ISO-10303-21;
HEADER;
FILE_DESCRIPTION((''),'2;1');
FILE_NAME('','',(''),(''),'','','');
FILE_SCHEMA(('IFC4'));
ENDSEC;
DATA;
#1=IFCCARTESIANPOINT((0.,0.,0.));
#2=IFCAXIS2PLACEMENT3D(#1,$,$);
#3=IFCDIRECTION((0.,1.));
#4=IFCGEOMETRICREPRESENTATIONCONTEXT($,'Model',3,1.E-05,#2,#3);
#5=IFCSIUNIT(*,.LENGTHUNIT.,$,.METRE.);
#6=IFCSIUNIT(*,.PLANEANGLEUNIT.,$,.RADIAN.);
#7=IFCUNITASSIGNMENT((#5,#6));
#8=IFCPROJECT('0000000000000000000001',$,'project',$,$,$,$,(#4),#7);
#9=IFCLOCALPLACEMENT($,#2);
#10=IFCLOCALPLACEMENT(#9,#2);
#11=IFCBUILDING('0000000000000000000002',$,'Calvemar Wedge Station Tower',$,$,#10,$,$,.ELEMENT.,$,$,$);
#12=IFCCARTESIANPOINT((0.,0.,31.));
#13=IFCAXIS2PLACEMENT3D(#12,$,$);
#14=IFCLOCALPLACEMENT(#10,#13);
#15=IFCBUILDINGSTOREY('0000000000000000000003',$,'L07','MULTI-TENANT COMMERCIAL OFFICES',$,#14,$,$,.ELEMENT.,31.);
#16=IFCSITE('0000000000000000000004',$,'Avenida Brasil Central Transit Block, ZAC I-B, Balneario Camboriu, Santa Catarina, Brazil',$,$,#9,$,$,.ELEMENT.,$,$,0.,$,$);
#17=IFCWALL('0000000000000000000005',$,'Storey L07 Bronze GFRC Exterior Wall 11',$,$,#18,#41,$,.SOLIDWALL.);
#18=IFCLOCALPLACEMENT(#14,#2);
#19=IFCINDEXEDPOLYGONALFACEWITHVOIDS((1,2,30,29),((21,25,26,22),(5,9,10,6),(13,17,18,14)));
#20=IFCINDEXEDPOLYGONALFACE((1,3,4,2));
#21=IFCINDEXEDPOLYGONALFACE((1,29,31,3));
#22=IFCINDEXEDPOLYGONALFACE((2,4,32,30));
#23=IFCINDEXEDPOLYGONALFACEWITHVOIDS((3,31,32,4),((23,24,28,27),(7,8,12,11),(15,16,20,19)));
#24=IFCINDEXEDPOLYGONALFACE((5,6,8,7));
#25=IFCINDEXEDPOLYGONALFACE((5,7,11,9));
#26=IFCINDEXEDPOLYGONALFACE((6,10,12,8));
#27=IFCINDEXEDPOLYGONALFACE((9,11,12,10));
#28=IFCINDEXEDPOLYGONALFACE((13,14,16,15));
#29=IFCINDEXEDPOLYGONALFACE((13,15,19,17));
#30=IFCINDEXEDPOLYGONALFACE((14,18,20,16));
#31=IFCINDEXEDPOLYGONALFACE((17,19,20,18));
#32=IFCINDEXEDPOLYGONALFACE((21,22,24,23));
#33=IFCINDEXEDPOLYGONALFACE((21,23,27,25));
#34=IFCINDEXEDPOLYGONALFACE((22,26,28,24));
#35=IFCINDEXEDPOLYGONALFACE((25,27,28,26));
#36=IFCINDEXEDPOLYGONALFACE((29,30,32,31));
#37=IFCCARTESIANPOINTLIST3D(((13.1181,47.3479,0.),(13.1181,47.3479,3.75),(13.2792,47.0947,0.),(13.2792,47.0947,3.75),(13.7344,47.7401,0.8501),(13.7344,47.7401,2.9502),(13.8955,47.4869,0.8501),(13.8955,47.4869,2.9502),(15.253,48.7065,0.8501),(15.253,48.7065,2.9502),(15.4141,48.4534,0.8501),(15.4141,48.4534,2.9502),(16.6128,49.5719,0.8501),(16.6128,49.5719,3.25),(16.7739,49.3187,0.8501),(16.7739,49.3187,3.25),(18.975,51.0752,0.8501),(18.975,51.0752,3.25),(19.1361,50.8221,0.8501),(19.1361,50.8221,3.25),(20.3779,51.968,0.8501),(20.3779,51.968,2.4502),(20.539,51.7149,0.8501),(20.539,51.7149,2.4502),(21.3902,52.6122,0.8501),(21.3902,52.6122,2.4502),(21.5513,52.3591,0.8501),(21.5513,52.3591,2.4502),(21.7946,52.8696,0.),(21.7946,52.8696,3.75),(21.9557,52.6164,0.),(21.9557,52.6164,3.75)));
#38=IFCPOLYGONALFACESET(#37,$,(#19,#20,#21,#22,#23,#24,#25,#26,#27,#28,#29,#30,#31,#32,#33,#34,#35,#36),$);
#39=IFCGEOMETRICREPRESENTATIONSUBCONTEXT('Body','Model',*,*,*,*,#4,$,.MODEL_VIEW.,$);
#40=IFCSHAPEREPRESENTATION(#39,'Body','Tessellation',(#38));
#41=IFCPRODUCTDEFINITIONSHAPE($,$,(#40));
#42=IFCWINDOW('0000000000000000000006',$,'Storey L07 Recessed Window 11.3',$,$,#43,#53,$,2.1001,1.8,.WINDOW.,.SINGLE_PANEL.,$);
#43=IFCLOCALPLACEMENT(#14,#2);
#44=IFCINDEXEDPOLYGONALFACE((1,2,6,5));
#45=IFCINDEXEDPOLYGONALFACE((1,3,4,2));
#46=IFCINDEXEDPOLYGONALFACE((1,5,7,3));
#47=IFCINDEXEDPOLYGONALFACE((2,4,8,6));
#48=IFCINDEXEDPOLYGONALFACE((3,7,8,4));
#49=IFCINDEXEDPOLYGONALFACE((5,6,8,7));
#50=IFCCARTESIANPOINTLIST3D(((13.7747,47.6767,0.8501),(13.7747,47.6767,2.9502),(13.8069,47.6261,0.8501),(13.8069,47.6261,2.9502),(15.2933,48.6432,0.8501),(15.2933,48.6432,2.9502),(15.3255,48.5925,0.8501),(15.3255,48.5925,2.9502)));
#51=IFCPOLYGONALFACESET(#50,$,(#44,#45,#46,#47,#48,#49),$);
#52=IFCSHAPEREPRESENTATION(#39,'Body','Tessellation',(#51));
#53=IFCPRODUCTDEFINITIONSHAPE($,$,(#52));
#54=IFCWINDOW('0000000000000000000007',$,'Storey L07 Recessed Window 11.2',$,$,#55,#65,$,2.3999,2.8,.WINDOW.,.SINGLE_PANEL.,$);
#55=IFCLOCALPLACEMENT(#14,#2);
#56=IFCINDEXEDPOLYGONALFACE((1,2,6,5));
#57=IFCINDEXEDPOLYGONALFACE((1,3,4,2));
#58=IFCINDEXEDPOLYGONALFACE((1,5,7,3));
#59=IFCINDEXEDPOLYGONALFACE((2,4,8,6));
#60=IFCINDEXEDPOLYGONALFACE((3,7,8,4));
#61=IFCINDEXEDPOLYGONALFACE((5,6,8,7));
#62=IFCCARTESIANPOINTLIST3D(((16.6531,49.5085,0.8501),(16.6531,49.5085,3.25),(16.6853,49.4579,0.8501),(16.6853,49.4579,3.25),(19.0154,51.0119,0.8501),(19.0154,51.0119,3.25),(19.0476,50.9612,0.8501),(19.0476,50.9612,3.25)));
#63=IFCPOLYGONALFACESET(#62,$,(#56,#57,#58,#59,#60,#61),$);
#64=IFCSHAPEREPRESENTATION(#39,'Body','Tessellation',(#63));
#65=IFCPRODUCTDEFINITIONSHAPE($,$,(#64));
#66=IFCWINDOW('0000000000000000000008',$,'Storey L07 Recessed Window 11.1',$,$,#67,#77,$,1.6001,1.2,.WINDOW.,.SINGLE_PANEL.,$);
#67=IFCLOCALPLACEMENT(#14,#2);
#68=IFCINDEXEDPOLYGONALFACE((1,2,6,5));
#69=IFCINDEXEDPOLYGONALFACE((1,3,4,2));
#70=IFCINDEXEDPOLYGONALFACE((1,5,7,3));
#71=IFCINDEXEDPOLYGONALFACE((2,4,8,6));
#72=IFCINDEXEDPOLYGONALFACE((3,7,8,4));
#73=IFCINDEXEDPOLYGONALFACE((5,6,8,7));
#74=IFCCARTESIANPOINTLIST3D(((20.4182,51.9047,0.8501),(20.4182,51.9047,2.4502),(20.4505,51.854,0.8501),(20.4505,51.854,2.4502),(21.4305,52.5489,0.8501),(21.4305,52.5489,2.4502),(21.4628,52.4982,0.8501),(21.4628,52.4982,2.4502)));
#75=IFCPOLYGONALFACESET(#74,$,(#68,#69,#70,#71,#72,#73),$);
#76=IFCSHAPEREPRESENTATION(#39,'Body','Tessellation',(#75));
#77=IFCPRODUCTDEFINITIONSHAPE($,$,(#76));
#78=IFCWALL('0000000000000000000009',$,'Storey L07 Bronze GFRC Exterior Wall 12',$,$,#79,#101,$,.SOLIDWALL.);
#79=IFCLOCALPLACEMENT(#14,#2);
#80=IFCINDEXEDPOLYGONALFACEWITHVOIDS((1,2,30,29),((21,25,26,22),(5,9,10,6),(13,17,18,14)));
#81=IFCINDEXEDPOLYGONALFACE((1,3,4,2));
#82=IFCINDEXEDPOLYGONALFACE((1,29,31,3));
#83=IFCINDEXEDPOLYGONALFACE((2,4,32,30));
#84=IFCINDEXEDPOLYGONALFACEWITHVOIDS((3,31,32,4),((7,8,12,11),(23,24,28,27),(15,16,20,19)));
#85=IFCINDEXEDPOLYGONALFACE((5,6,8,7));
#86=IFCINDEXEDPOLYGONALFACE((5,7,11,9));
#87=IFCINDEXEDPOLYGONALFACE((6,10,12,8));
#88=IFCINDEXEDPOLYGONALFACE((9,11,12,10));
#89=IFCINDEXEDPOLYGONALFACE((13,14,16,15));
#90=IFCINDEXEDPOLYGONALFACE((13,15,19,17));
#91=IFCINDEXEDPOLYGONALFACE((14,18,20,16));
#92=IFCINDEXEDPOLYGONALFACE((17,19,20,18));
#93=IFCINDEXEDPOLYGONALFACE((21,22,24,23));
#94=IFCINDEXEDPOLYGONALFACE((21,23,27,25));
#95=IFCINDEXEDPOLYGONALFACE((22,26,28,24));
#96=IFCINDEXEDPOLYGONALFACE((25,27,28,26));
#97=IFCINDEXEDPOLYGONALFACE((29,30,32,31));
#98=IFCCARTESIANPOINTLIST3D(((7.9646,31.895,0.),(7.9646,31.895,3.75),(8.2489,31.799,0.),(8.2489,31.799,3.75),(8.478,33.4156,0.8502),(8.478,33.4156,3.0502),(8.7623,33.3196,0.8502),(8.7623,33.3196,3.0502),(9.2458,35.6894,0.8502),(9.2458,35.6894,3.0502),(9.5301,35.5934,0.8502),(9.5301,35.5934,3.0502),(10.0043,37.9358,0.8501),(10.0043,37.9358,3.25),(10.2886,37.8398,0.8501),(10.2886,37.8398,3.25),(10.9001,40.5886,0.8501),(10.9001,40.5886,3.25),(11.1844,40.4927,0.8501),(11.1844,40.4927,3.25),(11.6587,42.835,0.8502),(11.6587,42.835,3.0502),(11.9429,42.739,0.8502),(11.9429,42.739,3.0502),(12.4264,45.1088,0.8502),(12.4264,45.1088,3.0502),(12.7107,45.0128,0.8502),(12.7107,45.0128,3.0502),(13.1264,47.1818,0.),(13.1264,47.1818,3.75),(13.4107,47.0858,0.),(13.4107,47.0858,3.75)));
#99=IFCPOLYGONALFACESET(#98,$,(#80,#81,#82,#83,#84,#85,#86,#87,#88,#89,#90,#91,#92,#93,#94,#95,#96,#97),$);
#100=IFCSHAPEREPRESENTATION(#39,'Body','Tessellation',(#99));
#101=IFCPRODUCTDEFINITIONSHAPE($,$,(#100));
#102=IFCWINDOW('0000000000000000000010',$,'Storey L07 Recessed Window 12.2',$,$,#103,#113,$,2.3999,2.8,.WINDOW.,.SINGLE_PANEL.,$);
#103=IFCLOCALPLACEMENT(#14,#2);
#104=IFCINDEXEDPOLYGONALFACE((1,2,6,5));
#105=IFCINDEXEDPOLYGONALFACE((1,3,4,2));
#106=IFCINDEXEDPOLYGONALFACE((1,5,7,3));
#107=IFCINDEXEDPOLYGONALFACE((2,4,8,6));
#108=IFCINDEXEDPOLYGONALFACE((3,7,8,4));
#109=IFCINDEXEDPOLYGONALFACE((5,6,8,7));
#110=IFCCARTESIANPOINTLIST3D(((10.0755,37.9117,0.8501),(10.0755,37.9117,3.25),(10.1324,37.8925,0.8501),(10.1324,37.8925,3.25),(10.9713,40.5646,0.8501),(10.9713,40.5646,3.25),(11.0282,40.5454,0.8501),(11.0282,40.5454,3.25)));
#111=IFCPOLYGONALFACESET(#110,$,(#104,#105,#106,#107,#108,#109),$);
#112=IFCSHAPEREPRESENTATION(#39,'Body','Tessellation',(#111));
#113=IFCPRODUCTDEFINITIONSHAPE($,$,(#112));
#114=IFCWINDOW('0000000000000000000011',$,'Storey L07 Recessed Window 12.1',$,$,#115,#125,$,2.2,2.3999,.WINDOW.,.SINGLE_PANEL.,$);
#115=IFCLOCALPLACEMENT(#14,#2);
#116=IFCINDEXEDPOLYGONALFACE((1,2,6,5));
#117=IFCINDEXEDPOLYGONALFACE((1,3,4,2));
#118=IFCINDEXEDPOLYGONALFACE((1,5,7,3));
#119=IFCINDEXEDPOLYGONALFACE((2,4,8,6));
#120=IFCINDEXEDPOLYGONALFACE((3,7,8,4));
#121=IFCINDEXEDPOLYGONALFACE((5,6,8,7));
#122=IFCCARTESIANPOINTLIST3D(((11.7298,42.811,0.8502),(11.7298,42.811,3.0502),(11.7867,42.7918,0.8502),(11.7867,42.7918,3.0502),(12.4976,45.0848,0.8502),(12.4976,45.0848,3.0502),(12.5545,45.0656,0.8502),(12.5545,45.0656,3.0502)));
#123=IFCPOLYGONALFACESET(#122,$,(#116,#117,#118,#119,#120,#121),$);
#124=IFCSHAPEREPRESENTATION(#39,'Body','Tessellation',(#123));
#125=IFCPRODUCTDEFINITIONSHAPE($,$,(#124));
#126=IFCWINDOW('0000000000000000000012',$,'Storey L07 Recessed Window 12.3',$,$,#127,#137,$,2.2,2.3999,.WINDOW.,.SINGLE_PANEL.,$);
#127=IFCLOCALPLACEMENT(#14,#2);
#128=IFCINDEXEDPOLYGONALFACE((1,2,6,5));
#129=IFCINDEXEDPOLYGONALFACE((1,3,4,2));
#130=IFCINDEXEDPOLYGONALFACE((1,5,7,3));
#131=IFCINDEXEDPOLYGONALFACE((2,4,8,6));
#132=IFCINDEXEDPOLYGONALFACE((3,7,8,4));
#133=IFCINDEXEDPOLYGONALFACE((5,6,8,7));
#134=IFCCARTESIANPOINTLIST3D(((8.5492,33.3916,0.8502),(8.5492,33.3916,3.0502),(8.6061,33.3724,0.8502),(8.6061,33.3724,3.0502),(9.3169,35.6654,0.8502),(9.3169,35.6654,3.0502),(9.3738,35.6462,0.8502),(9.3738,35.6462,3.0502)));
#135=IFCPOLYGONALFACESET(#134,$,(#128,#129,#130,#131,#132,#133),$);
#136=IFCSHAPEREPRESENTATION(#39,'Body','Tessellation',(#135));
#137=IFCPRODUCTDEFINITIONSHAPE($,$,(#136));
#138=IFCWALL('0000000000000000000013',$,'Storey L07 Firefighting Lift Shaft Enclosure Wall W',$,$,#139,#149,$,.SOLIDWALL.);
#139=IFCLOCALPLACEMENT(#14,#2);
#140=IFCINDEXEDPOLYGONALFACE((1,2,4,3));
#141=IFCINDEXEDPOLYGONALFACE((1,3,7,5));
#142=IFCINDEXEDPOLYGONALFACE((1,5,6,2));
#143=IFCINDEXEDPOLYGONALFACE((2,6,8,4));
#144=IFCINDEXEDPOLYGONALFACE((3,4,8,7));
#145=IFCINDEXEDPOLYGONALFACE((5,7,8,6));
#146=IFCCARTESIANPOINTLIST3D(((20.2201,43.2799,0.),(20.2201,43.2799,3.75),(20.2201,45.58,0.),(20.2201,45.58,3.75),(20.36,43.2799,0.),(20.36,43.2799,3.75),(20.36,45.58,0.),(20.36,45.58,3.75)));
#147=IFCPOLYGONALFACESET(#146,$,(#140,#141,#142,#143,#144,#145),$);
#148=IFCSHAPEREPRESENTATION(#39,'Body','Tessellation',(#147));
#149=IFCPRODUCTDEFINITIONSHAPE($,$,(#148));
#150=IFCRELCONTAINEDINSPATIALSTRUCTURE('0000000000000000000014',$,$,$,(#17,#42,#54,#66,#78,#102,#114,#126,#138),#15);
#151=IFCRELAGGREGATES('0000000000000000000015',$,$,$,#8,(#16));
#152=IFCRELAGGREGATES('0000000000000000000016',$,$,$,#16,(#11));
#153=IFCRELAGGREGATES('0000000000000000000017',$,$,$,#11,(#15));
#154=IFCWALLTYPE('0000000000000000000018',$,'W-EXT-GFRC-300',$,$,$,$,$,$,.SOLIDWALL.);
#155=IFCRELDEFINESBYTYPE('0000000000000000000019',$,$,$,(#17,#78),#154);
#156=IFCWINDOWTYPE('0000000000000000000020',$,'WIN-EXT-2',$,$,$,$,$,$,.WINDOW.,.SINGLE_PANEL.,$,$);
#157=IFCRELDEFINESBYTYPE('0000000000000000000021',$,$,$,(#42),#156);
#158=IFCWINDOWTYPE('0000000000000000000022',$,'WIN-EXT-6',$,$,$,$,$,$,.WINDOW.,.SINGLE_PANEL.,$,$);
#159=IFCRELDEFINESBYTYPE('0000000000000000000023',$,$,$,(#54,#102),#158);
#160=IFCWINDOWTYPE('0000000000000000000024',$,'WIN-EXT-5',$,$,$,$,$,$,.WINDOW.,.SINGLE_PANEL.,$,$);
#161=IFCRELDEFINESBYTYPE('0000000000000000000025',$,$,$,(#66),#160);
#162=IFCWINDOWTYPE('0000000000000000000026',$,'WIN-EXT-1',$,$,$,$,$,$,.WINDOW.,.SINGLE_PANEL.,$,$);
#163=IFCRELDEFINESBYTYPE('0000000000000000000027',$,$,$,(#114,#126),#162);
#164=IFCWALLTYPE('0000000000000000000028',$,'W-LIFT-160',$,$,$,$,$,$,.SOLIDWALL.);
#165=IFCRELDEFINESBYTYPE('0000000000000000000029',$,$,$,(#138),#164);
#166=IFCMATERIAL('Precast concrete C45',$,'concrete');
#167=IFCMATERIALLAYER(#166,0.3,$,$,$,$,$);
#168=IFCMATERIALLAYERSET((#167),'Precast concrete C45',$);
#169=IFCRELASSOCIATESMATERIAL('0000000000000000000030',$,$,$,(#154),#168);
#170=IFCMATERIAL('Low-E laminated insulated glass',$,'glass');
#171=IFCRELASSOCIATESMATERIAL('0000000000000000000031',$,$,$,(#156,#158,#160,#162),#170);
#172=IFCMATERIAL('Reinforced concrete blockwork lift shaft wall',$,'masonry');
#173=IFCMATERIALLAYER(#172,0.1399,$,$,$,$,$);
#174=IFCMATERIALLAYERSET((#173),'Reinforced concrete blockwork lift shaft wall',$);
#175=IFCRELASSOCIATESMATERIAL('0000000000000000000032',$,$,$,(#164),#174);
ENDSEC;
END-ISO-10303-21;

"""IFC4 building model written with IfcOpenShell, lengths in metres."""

from ifc_helpers import new_model, si_unit, direction, frame, frame_2d, origin, place, context, subcontext, project, spatial, rectangle, extrude, source, transform, mapped, material, layer, layer_set, type_object, element, fill, save


model = new_model("IFC4")

# Units and contexts
model_context = context("Model", 3, precision=1e-05, world=origin(), true_north=direction((0.0, 1.0)))
body_context = subcontext(model_context, "Body", "Model", "MODEL_VIEW")
ifc_project = project(units=[si_unit("LENGTHUNIT", "METRE"), si_unit("PLANEANGLEUNIT", "RADIAN")], contexts=[model_context])

# Site, building, storey
site_placement = place(None, origin())
site = spatial("IfcSite", under=ifc_project, at=site_placement, Name="Avenida Brasil Central Transit Block, ZAC I-B, Balneario Camboriu, Santa Catarina, Brazil", CompositionType="ELEMENT", RefElevation=0.0)
building_placement = place(site_placement, origin())
building = spatial("IfcBuilding", under=site, at=building_placement, Name="Calvemar Wedge Station Tower", CompositionType="ELEMENT")
storey_placement = place(building_placement, frame((0.0, 0.0, 31.0)))
storey = spatial("IfcBuildingStorey", under=building, at=storey_placement, Name="L07", Description="MULTI-TENANT COMMERCIAL OFFICES", CompositionType="ELEMENT", Elevation=31.0)

# Walls, openings, windows
ifc_material_1 = material(Name="Precast concrete C45", Category="concrete")
ifc_layer_1 = layer(ifc_material_1, 0.3)
ifc_layer_set_1 = layer_set([ifc_layer_1], Name="Precast concrete C45")
wall_type_1 = type_object("IfcWallType", Name="W-EXT-GFRC-300", PredefinedType="SOLIDWALL", material=ifc_layer_set_1)
wall_1_placement = place(storey_placement, frame((21.875, 52.7429, 0.0), z_axis=(0.0, 0.0, 1.0), x_axis=(-0.843648, -0.536897, 0.0)))
wall_1 = element("IfcWall", 1, at=wall_1_placement, inside=storey, type_object=wall_type_1, Name="Storey L07 Bronze GFRC Exterior Wall 11", PredefinedType="SOLIDWALL", context=body_context, shape_type="SweptSolid", body=[
    extrude(rectangle(XDim=10.2844, YDim=0.3, at=frame_2d((5.1421, 0.0))), origin(), (0.0, 0.0, 1.0), 3.75),
])
shared_shape_1 = source(origin(), body_context, "Body", "SweptSolid", [
    extrude(rectangle(XDim=1.2, YDim=1.6001, at=frame_2d((0.6001, 0.8))), frame((0.0, 0.1602, 0.0), z_axis=(0.0, -1.0, 0.0), x_axis=(1.0, 0.0, 0.0)), (0.0, 0.0, 1.0), 0.3201),
])
opening_1_placement = place(wall_1_placement, frame((0.479, 0.0, 0.8501)))
opening_1 = element("IfcOpeningElement", 2, at=opening_1_placement, cuts=wall_1, PredefinedType="OPENING", context=body_context, shape_type="MappedRepresentation", body=[
    mapped(shared_shape_1, transform((0.0, 0.0, 0.0), scale=1.0)),
])
shared_shape_2 = source(origin(), body_context, "Body", "SweptSolid", [
    extrude(rectangle(XDim=2.8, YDim=2.3999, at=frame_2d((1.3999, 1.2))), frame((0.0, 0.1602, 0.0), z_axis=(0.0, -1.0, 0.0), x_axis=(1.0, 0.0, 0.0)), (0.0, 0.0, 1.0), 0.3201),
])
opening_2_placement = place(wall_1_placement, frame((3.342, 0.0, 0.8501)))
opening_2 = element("IfcOpeningElement", 3, at=opening_2_placement, cuts=wall_1, PredefinedType="OPENING", context=body_context, shape_type="MappedRepresentation", body=[
    mapped(shared_shape_2, transform((0.0, 0.0, 0.0), scale=1.0)),
])
shared_shape_3 = source(origin(), body_context, "Body", "SweptSolid", [
    extrude(rectangle(XDim=1.8, YDim=2.1001, at=frame_2d((0.8999, 1.05))), frame((0.0, 0.1602, 0.0), z_axis=(0.0, -1.0, 0.0), x_axis=(1.0, 0.0, 0.0)), (0.0, 0.0, 1.0), 0.3201),
])
opening_3_placement = place(wall_1_placement, frame((7.7539, 0.0, 0.8501)))
opening_3 = element("IfcOpeningElement", 4, at=opening_3_placement, cuts=wall_1, PredefinedType="OPENING", context=body_context, shape_type="MappedRepresentation", body=[
    mapped(shared_shape_3, transform((0.0, 0.0, 0.0), scale=1.0)),
])
ifc_material_2 = material(Name="Low-E laminated insulated glass", Category="glass")
window_type_1 = type_object("IfcWindowType", Name="WIN-EXT-2", PartitioningType="SINGLE_PANEL", PredefinedType="WINDOW", material=ifc_material_2)
shared_shape_4 = source(origin(), body_context, "Body", "SweptSolid", [
    extrude(rectangle(XDim=1.8, YDim=2.1001, at=frame_2d((0.8999, 1.05))), frame((0.0, -0.0149, 0.0), z_axis=(0.0, -1.0, 0.0), x_axis=(1.0, 0.0, 0.0)), (0.0, 0.0, 1.0), 0.0601),
])
window_1_placement = place(opening_3_placement, origin())
window_1 = element("IfcWindow", 5, at=window_1_placement, inside=storey, type_object=window_type_1, Name="Storey L07 Recessed Window 11.3", OverallHeight=2.1001, OverallWidth=1.8, PartitioningType="SINGLE_PANEL", PredefinedType="WINDOW", context=body_context, shape_type="MappedRepresentation", body=[
    mapped(shared_shape_4, transform((0.0, 0.0, 0.0), scale=1.0)),
])
fill(opening_3, window_1)
window_type_2 = type_object("IfcWindowType", Name="WIN-EXT-6", PartitioningType="SINGLE_PANEL", PredefinedType="WINDOW", material=ifc_material_2)
shared_shape_5 = source(origin(), body_context, "Body", "SweptSolid", [
    extrude(rectangle(XDim=2.8, YDim=2.3999, at=frame_2d((1.3999, 1.2))), frame((0.0, -0.0149, 0.0), z_axis=(0.0, -1.0, 0.0), x_axis=(1.0, 0.0, 0.0)), (0.0, 0.0, 1.0), 0.0601),
])
window_2_placement = place(opening_2_placement, origin())
window_2 = element("IfcWindow", 6, at=window_2_placement, inside=storey, type_object=window_type_2, Name="Storey L07 Recessed Window 11.2", OverallHeight=2.3999, OverallWidth=2.8, PartitioningType="SINGLE_PANEL", PredefinedType="WINDOW", context=body_context, shape_type="MappedRepresentation", body=[
    mapped(shared_shape_5, transform((0.0, 0.0, 0.0), scale=1.0)),
])
fill(opening_2, window_2)
window_type_3 = type_object("IfcWindowType", Name="WIN-EXT-5", PartitioningType="SINGLE_PANEL", PredefinedType="WINDOW", material=ifc_material_2)
shared_shape_6 = source(origin(), body_context, "Body", "SweptSolid", [
    extrude(rectangle(XDim=1.2, YDim=1.6001, at=frame_2d((0.6001, 0.8))), frame((0.0, -0.0149, 0.0), z_axis=(0.0, -1.0, 0.0), x_axis=(1.0, 0.0, 0.0)), (0.0, 0.0, 1.0), 0.0601),
])
window_3_placement = place(opening_1_placement, origin())
window_3 = element("IfcWindow", 7, at=window_3_placement, inside=storey, type_object=window_type_3, Name="Storey L07 Recessed Window 11.1", OverallHeight=1.6001, OverallWidth=1.2, PartitioningType="SINGLE_PANEL", PredefinedType="WINDOW", context=body_context, shape_type="MappedRepresentation", body=[
    mapped(shared_shape_6, transform((0.0, 0.0, 0.0), scale=1.0)),
])
fill(opening_1, window_3)
wall_2_placement = place(storey_placement, frame((13.2686, 47.1338, 0.0), z_axis=(0.0, 0.0, 1.0), x_axis=(-0.31992, -0.947444, 0.0)))
wall_2 = element("IfcWall", 8, at=wall_2_placement, inside=storey, type_object=wall_type_1, Name="Storey L07 Bronze GFRC Exterior Wall 12", PredefinedType="SOLIDWALL", context=body_context, shape_type="SweptSolid", body=[
    extrude(rectangle(XDim=16.1348, YDim=0.3, at=frame_2d((8.0674, 0.0))), origin(), (0.0, 0.0, 1.0), 3.75),
])
shared_shape_7 = source(origin(), body_context, "Body", "SweptSolid", [
    extrude(rectangle(XDim=2.3999, YDim=2.2, at=frame_2d((1.2, 1.1001))), frame((0.0, 0.1602, 0.0), z_axis=(0.0, -1.0, 0.0), x_axis=(1.0, 0.0, 0.0)), (0.0, 0.0, 1.0), 0.3201),
])
opening_4_placement = place(wall_2_placement, frame((2.188, 0.0, 0.8501)))
opening_4 = element("IfcOpeningElement", 9, at=opening_4_placement, cuts=wall_2, PredefinedType="OPENING", context=body_context, shape_type="MappedRepresentation", body=[
    mapped(shared_shape_7, transform((0.0, 0.0, 0.0), scale=1.0)),
])
opening_5_placement = place(wall_2_placement, frame((6.959, 0.0, 0.8501)))
opening_5 = element("IfcOpeningElement", 10, at=opening_5_placement, cuts=wall_2, PredefinedType="OPENING", context=body_context, shape_type="MappedRepresentation", body=[
    mapped(shared_shape_2, transform((0.0, 0.0, 0.0), scale=1.0)),
])
opening_6_placement = place(wall_2_placement, frame((12.1299, 0.0, 0.8501)))
opening_6 = element("IfcOpeningElement", 11, at=opening_6_placement, cuts=wall_2, PredefinedType="OPENING", context=body_context, shape_type="MappedRepresentation", body=[
    mapped(shared_shape_7, transform((0.0, 0.0, 0.0), scale=1.0)),
])
window_4_placement = place(opening_5_placement, origin())
window_4 = element("IfcWindow", 12, at=window_4_placement, inside=storey, type_object=window_type_2, Name="Storey L07 Recessed Window 12.2", OverallHeight=2.3999, OverallWidth=2.8, PartitioningType="SINGLE_PANEL", PredefinedType="WINDOW", context=body_context, shape_type="MappedRepresentation", body=[
    mapped(shared_shape_5, transform((0.0, 0.0, 0.0), scale=1.0)),
])
fill(opening_5, window_4)
window_type_4 = type_object("IfcWindowType", Name="WIN-EXT-1", PartitioningType="SINGLE_PANEL", PredefinedType="WINDOW", material=ifc_material_2)
shared_shape_8 = source(origin(), body_context, "Body", "SweptSolid", [
    extrude(rectangle(XDim=2.3999, YDim=2.2, at=frame_2d((1.2, 1.1001))), frame((0.0, -0.0149, 0.0), z_axis=(0.0, -1.0, 0.0), x_axis=(1.0, 0.0, 0.0)), (0.0, 0.0, 1.0), 0.0601),
])
window_5_placement = place(opening_4_placement, origin())
window_5 = element("IfcWindow", 13, at=window_5_placement, inside=storey, type_object=window_type_4, Name="Storey L07 Recessed Window 12.1", OverallHeight=2.2, OverallWidth=2.3999, PartitioningType="SINGLE_PANEL", PredefinedType="WINDOW", context=body_context, shape_type="MappedRepresentation", body=[
    mapped(shared_shape_8, transform((0.0, 0.0, 0.0), scale=1.0)),
])
fill(opening_4, window_5)
window_6_placement = place(opening_6_placement, origin())
window_6 = element("IfcWindow", 14, at=window_6_placement, inside=storey, type_object=window_type_4, Name="Storey L07 Recessed Window 12.3", OverallHeight=2.2, OverallWidth=2.3999, PartitioningType="SINGLE_PANEL", PredefinedType="WINDOW", context=body_context, shape_type="MappedRepresentation", body=[
    mapped(shared_shape_8, transform((0.0, 0.0, 0.0), scale=1.0)),
])
fill(opening_6, window_6)

# Shared definitions
ifc_material_3 = material(Name="Reinforced concrete blockwork lift shaft wall", Category="masonry")
ifc_layer_2 = layer(ifc_material_3, 0.1399)
ifc_layer_set_2 = layer_set([ifc_layer_2], Name="Reinforced concrete blockwork lift shaft wall")
wall_type_2 = type_object("IfcWallType", Name="W-LIFT-160", PredefinedType="SOLIDWALL", material=ifc_layer_set_2)

# Wall
wall_3_placement = place(storey_placement, frame((20.29, 43.28, 0.0), z_axis=(0.0, 0.0, 1.0), x_axis=(0.0, 1.0, 0.0)))
element("IfcWall", 15, at=wall_3_placement, inside=storey, type_object=wall_type_2, Name="Storey L07 Firefighting Lift Shaft Enclosure Wall W", PredefinedType="SOLIDWALL", context=body_context, shape_type="SweptSolid", body=[
    extrude(rectangle(XDim=2.3, YDim=0.1399, at=frame_2d((1.1499, 0.0))), origin(), (0.0, 0.0, 1.0), 3.75),
])

save(model, "model.ifc")
